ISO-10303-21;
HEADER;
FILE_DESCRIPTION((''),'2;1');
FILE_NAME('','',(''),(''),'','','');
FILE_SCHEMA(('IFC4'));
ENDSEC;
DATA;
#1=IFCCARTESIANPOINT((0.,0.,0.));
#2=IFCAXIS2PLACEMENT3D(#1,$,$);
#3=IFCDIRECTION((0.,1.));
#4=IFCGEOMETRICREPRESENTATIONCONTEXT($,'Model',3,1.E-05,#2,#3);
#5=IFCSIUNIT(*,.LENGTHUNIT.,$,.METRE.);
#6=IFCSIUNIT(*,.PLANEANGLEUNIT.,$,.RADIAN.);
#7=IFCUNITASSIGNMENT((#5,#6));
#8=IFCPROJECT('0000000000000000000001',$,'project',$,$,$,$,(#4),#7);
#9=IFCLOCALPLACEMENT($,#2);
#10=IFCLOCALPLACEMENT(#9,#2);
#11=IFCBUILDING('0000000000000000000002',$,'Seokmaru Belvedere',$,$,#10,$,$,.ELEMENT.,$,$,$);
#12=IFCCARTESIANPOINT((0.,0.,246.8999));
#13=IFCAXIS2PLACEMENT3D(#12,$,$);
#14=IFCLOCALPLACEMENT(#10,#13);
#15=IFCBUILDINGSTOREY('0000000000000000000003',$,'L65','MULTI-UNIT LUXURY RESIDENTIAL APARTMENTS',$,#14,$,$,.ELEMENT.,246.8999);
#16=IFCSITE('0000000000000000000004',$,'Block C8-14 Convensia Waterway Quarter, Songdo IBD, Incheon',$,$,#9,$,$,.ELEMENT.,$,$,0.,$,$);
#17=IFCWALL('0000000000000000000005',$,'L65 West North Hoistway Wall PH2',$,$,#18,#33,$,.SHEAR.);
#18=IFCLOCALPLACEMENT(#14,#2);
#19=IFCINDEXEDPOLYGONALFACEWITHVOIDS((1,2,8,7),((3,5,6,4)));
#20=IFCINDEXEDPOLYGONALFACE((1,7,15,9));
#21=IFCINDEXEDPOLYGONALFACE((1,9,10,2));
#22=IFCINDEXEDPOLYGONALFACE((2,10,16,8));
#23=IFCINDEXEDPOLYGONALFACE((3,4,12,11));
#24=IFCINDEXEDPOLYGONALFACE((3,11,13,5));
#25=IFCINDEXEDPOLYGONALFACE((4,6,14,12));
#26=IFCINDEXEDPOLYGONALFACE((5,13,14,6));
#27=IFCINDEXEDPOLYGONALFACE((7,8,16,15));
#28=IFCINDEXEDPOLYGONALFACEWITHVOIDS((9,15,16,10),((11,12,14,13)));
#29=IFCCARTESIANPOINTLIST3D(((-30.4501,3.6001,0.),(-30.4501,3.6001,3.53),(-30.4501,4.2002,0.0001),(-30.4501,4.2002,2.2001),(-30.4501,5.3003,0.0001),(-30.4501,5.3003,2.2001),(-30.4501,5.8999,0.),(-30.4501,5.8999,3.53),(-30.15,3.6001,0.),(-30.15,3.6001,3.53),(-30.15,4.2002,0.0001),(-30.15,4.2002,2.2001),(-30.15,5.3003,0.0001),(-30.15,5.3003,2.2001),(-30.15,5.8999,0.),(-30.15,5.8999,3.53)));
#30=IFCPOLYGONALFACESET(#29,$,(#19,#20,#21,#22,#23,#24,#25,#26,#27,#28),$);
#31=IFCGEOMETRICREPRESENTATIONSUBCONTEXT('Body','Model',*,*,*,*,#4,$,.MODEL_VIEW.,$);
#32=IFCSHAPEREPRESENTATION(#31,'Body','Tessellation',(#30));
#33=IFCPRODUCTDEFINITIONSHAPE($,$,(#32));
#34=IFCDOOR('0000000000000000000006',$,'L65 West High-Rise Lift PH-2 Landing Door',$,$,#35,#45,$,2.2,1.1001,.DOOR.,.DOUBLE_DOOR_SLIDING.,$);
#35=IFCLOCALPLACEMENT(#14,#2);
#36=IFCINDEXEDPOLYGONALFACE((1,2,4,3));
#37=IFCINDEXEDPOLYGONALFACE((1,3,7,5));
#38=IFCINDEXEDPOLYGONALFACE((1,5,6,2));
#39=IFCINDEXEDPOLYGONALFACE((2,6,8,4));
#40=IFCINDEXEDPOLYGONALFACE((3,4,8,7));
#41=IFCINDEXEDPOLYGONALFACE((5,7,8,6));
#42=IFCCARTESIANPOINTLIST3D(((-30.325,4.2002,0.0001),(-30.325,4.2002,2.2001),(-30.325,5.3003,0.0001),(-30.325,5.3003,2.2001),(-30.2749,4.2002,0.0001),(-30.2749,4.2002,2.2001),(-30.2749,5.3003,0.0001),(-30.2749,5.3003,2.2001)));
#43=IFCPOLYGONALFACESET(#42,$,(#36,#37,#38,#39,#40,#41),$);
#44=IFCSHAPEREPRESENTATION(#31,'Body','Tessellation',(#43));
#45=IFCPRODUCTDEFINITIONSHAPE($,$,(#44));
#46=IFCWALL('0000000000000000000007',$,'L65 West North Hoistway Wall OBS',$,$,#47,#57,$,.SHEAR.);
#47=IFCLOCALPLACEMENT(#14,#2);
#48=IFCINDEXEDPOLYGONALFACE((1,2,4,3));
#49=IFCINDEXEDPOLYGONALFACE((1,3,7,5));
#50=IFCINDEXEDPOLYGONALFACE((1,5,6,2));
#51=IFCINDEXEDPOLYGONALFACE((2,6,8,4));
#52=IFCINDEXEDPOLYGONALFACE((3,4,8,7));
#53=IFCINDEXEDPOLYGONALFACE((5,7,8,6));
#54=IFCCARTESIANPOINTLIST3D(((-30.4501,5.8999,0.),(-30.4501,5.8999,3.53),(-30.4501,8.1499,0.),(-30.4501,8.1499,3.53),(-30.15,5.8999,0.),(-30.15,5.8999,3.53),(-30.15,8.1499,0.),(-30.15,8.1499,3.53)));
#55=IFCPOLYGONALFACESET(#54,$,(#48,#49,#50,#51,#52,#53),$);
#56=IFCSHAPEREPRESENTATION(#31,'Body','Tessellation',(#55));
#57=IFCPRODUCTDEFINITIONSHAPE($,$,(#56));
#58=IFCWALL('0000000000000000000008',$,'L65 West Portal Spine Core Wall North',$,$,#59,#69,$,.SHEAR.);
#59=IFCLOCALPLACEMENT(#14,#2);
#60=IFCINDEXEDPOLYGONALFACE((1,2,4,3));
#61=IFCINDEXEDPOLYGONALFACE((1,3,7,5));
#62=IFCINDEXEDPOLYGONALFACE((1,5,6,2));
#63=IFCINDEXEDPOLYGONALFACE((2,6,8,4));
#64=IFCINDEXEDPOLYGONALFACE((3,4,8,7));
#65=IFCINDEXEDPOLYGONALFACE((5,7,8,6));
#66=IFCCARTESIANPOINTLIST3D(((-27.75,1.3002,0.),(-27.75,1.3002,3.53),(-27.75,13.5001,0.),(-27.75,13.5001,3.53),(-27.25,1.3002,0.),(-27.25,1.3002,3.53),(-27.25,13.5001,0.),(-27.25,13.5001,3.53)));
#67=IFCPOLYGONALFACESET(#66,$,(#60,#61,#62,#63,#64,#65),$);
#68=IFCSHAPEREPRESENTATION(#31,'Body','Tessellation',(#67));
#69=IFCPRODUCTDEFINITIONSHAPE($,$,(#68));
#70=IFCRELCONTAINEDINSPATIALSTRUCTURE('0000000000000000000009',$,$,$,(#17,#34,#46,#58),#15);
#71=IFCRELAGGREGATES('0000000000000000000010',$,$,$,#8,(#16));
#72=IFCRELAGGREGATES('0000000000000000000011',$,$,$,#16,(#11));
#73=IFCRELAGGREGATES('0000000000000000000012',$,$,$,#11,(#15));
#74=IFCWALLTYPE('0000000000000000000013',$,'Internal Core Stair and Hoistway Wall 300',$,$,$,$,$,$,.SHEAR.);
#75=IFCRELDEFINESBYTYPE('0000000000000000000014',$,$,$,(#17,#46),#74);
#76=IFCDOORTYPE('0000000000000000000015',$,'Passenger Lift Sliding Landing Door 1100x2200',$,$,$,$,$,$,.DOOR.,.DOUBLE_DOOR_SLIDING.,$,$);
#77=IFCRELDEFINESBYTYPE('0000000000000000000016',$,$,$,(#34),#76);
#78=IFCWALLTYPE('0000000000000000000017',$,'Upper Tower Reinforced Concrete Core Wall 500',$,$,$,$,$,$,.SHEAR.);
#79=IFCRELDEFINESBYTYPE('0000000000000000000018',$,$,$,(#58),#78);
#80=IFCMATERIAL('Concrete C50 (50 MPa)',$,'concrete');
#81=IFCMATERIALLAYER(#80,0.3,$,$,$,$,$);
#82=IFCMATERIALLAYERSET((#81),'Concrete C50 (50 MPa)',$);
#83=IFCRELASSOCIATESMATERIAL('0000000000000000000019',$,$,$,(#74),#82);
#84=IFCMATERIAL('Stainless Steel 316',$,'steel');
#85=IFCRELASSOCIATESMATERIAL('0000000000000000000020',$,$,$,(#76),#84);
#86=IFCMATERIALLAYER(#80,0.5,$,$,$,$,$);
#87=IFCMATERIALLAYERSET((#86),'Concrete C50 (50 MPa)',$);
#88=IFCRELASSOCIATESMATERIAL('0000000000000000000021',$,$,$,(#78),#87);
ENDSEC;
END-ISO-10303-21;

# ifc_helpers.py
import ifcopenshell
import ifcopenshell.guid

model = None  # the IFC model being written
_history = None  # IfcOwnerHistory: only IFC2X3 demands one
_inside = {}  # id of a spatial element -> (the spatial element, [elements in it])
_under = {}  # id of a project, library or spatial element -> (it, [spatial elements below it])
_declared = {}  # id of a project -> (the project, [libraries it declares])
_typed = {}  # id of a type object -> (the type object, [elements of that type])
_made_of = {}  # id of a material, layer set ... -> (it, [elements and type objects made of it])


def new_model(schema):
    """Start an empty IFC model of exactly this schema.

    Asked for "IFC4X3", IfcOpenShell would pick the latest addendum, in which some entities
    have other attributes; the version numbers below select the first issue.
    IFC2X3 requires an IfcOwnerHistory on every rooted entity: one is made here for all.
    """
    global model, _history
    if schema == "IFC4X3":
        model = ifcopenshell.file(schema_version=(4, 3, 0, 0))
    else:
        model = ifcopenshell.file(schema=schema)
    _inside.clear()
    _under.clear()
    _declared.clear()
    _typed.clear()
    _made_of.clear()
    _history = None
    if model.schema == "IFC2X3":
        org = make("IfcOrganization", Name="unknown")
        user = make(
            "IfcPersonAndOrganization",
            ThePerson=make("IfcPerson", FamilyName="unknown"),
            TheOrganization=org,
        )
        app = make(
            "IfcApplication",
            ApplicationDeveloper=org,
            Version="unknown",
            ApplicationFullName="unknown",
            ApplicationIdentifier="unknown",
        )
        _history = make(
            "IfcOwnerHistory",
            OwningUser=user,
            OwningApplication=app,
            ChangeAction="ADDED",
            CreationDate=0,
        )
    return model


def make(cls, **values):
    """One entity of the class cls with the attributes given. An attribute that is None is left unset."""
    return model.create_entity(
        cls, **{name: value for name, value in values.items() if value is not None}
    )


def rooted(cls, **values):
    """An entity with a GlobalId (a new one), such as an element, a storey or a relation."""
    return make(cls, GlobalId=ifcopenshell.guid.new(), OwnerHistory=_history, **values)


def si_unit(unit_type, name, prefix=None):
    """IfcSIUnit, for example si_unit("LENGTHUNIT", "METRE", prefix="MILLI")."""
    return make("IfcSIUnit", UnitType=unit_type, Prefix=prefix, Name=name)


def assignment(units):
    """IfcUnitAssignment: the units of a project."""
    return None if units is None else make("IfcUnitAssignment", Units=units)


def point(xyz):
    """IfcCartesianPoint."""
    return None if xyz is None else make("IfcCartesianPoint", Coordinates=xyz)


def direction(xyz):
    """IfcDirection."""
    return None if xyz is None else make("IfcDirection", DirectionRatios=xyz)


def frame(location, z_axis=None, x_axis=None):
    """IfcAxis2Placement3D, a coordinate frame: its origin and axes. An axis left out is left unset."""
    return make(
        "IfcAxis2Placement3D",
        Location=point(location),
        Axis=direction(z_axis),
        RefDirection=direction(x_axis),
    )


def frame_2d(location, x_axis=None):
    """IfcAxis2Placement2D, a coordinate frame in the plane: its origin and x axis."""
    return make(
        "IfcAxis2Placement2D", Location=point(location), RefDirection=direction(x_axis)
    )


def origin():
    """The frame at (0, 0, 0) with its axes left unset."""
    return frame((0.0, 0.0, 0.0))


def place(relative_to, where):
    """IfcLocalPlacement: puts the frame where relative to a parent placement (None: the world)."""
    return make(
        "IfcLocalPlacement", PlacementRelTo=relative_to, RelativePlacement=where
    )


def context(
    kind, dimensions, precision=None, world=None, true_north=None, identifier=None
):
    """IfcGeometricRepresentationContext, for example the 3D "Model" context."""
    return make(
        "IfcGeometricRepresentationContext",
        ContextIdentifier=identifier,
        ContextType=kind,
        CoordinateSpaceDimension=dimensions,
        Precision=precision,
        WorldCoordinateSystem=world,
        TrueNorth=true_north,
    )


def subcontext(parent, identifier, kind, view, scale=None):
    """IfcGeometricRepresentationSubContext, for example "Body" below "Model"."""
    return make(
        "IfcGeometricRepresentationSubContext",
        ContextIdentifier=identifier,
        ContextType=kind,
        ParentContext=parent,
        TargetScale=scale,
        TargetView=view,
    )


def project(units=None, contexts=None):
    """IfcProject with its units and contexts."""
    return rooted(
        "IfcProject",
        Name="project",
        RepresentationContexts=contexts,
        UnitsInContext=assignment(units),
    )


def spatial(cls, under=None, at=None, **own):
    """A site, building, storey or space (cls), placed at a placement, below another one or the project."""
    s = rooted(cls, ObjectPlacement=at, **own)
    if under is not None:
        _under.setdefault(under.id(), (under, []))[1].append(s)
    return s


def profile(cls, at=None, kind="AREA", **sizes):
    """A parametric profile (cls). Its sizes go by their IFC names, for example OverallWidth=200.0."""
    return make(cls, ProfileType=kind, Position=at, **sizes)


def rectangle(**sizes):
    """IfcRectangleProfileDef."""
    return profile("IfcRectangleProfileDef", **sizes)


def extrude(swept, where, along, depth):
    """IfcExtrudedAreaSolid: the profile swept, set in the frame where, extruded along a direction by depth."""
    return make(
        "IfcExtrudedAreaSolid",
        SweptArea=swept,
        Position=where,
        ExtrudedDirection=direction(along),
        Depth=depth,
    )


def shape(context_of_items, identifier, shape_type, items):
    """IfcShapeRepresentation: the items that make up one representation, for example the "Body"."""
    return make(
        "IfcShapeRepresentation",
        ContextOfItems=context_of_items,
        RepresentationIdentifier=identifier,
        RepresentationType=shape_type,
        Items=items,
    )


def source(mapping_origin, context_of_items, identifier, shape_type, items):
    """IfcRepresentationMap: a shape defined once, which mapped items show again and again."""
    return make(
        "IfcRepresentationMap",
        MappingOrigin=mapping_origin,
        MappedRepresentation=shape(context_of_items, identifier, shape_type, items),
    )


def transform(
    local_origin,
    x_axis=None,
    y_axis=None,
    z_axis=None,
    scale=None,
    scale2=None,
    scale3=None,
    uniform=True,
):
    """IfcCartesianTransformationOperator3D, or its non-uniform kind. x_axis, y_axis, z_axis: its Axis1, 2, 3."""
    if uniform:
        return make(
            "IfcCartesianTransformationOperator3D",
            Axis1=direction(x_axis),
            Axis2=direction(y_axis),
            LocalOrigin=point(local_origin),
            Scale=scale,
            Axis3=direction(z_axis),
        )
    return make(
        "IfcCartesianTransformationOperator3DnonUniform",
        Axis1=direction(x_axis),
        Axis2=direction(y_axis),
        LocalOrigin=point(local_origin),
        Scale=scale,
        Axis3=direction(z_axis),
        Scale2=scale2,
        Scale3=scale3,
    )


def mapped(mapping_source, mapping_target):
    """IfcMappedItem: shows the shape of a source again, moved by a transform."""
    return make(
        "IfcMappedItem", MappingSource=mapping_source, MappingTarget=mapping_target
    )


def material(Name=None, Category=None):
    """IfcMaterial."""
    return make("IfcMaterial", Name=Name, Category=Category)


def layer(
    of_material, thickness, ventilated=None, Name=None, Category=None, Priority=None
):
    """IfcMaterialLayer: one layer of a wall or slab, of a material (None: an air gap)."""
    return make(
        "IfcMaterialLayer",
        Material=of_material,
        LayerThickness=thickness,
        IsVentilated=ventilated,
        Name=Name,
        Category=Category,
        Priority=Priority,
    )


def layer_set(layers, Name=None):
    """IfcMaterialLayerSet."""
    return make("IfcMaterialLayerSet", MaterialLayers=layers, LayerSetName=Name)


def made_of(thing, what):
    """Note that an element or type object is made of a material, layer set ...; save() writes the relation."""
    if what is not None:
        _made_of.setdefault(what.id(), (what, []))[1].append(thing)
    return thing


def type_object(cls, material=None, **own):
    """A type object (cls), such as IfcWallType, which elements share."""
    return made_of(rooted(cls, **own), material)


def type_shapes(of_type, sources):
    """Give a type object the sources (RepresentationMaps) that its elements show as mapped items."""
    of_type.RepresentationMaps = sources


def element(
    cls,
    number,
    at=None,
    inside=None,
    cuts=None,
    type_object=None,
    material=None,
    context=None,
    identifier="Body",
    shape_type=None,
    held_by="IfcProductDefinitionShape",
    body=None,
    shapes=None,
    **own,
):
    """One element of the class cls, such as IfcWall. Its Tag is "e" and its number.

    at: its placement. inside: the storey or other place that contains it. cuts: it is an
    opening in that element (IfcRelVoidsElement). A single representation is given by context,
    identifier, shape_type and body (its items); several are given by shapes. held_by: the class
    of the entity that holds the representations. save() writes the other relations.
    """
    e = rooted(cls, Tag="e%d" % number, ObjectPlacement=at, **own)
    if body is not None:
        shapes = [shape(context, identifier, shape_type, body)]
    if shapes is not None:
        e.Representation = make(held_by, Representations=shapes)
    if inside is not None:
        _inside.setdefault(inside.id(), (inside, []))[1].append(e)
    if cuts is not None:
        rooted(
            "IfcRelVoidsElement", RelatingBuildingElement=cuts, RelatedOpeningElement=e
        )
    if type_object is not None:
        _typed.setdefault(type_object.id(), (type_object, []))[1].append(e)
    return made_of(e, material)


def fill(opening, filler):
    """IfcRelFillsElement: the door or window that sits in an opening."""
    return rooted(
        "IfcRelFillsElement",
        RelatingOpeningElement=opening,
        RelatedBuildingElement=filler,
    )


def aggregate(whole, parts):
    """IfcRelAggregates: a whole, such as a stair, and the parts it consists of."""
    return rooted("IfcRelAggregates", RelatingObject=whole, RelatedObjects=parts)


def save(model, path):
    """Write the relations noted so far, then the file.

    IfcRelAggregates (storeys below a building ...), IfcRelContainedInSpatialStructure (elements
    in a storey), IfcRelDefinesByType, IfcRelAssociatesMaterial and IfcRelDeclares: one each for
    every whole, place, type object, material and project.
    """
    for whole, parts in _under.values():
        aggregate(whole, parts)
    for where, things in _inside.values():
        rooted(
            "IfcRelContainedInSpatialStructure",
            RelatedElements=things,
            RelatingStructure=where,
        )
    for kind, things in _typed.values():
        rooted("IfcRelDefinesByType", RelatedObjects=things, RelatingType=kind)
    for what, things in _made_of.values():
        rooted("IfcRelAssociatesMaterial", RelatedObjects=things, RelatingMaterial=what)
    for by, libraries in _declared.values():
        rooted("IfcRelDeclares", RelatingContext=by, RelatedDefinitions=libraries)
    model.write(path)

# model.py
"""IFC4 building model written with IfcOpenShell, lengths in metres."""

from ifc_helpers import new_model, si_unit, direction, frame, frame_2d, origin, place, context, subcontext, project, spatial, rectangle, extrude, source, transform, mapped, material, layer, layer_set, type_object, type_shapes, element, fill, save


model = new_model("IFC4")

# Units and contexts
model_context = context("Model", 3, precision=1e-05, world=origin(), true_north=direction((0.0, 1.0)))
body_context = subcontext(model_context, "Body", "Model", "MODEL_VIEW")
ifc_project = project(units=[si_unit("LENGTHUNIT", "METRE"), si_unit("PLANEANGLEUNIT", "RADIAN")], contexts=[model_context])

# Site, building, storey
site_placement = place(None, origin())
site = spatial("IfcSite", under=ifc_project, at=site_placement, Name="Block C8-14 Convensia Waterway Quarter, Songdo IBD, Incheon", CompositionType="ELEMENT", RefElevation=0.0)
building_placement = place(site_placement, origin())
building = spatial("IfcBuilding", under=site, at=building_placement, Name="Seokmaru Belvedere", CompositionType="ELEMENT")
storey_placement = place(building_placement, frame((0.0, 0.0, 246.8999)))
storey = spatial("IfcBuildingStorey", under=building, at=storey_placement, Name="L65", Description="MULTI-UNIT LUXURY RESIDENTIAL APARTMENTS", CompositionType="ELEMENT", Elevation=246.8999)

# Shared definitions
ifc_material_1 = material(Name="Concrete C50 (50 MPa)", Category="concrete")

# Wall, opening, door
ifc_layer_1 = layer(ifc_material_1, 0.3)
ifc_layer_set_1 = layer_set([ifc_layer_1], Name="Concrete C50 (50 MPa)")
wall_type_1 = type_object("IfcWallType", Name="Internal Core Stair and Hoistway Wall 300", PredefinedType="SHEAR", material=ifc_layer_set_1)
ifc_material_2 = material(Name="Stainless Steel 316", Category="steel")
door_type_1 = type_object("IfcDoorType", Name="Passenger Lift Sliding Landing Door 1100x2200", OperationType="DOUBLE_DOOR_SLIDING", PredefinedType="DOOR", material=ifc_material_2)
shared_shape_1 = source(origin(), body_context, "Body", "SweptSolid", [
    extrude(rectangle(XDim=1.1001, YDim=2.2, at=frame_2d((0.55, 1.1001))), frame((0.0, 0.0249, 0.0), z_axis=(0.0, -1.0, 0.0), x_axis=(1.0, 0.0, 0.0)), (0.0, 0.0, 1.0), 0.05),
])
type_shapes(door_type_1, [shared_shape_1])
wall_1_placement = place(storey_placement, frame((-30.3, 3.6001, 0.0), z_axis=(0.0, 0.0, 1.0), x_axis=(0.0, 1.0, 0.0)))
wall_1 = element("IfcWall", 1, at=wall_1_placement, inside=storey, type_object=wall_type_1, Name="L65 West North Hoistway Wall PH2", PredefinedType="SHEAR", context=body_context, shape_type="SweptSolid", body=[
    extrude(rectangle(XDim=2.2998, YDim=0.3, at=frame_2d((1.1499, 0.0))), origin(), (0.0, 0.0, 1.0), 3.53),
])
opening_1_placement = place(wall_1_placement, frame((0.6001, 0.0, 0.0)))
opening_1 = element("IfcOpeningElement", 2, at=opening_1_placement, cuts=wall_1, PredefinedType="OPENING", context=body_context, shape_type="SweptSolid", body=[
    extrude(rectangle(XDim=1.1001, YDim=2.2, at=frame_2d((0.55, 1.1001))), frame((0.0, 0.1602, 0.0), z_axis=(0.0, -1.0, 0.0), x_axis=(1.0, 0.0, 0.0)), (0.0, 0.0, 1.0), 0.3201),
])
door_1_placement = place(opening_1_placement, origin())
door_1 = element("IfcDoor", 3, at=door_1_placement, inside=storey, type_object=door_type_1, Name="L65 West High-Rise Lift PH-2 Landing Door", OperationType="DOUBLE_DOOR_SLIDING", OverallHeight=2.2, OverallWidth=1.1001, PredefinedType="DOOR", context=body_context, shape_type="MappedRepresentation", body=[
    mapped(shared_shape_1, transform((0.0, 0.0, 0.0), scale=1.0)),
])
fill(opening_1, door_1)

# Wall
wall_2_placement = place(storey_placement, frame((-30.3, 5.8999, 0.0), z_axis=(0.0, 0.0, 1.0), x_axis=(0.0, 1.0, 0.0)))
element("IfcWall", 4, at=wall_2_placement, inside=storey, type_object=wall_type_1, Name="L65 West North Hoistway Wall OBS", PredefinedType="SHEAR", context=body_context, shape_type="SweptSolid", body=[
    extrude(rectangle(XDim=2.25, YDim=0.3, at=frame_2d((1.125, 0.0))), origin(), (0.0, 0.0, 1.0), 3.53),
])

# Wall
ifc_layer_2 = layer(ifc_material_1, 0.5)
ifc_layer_set_2 = layer_set([ifc_layer_2], Name="Concrete C50 (50 MPa)")
wall_type_2 = type_object("IfcWallType", Name="Upper Tower Reinforced Concrete Core Wall 500", PredefinedType="SHEAR", material=ifc_layer_set_2)
wall_3_placement = place(storey_placement, frame((-27.5, 1.3, 0.0), z_axis=(0.0, 0.0, 1.0), x_axis=(0.0, 1.0, 0.0)))
element("IfcWall", 5, at=wall_3_placement, inside=storey, type_object=wall_type_2, Name="L65 West Portal Spine Core Wall North", PredefinedType="SHEAR", context=body_context, shape_type="SweptSolid", body=[
    extrude(rectangle(XDim=12.2, YDim=0.5, at=frame_2d((6.1001, 0.0))), origin(), (0.0, 0.0, 1.0), 3.53),
])

save(model, "model.ifc")
